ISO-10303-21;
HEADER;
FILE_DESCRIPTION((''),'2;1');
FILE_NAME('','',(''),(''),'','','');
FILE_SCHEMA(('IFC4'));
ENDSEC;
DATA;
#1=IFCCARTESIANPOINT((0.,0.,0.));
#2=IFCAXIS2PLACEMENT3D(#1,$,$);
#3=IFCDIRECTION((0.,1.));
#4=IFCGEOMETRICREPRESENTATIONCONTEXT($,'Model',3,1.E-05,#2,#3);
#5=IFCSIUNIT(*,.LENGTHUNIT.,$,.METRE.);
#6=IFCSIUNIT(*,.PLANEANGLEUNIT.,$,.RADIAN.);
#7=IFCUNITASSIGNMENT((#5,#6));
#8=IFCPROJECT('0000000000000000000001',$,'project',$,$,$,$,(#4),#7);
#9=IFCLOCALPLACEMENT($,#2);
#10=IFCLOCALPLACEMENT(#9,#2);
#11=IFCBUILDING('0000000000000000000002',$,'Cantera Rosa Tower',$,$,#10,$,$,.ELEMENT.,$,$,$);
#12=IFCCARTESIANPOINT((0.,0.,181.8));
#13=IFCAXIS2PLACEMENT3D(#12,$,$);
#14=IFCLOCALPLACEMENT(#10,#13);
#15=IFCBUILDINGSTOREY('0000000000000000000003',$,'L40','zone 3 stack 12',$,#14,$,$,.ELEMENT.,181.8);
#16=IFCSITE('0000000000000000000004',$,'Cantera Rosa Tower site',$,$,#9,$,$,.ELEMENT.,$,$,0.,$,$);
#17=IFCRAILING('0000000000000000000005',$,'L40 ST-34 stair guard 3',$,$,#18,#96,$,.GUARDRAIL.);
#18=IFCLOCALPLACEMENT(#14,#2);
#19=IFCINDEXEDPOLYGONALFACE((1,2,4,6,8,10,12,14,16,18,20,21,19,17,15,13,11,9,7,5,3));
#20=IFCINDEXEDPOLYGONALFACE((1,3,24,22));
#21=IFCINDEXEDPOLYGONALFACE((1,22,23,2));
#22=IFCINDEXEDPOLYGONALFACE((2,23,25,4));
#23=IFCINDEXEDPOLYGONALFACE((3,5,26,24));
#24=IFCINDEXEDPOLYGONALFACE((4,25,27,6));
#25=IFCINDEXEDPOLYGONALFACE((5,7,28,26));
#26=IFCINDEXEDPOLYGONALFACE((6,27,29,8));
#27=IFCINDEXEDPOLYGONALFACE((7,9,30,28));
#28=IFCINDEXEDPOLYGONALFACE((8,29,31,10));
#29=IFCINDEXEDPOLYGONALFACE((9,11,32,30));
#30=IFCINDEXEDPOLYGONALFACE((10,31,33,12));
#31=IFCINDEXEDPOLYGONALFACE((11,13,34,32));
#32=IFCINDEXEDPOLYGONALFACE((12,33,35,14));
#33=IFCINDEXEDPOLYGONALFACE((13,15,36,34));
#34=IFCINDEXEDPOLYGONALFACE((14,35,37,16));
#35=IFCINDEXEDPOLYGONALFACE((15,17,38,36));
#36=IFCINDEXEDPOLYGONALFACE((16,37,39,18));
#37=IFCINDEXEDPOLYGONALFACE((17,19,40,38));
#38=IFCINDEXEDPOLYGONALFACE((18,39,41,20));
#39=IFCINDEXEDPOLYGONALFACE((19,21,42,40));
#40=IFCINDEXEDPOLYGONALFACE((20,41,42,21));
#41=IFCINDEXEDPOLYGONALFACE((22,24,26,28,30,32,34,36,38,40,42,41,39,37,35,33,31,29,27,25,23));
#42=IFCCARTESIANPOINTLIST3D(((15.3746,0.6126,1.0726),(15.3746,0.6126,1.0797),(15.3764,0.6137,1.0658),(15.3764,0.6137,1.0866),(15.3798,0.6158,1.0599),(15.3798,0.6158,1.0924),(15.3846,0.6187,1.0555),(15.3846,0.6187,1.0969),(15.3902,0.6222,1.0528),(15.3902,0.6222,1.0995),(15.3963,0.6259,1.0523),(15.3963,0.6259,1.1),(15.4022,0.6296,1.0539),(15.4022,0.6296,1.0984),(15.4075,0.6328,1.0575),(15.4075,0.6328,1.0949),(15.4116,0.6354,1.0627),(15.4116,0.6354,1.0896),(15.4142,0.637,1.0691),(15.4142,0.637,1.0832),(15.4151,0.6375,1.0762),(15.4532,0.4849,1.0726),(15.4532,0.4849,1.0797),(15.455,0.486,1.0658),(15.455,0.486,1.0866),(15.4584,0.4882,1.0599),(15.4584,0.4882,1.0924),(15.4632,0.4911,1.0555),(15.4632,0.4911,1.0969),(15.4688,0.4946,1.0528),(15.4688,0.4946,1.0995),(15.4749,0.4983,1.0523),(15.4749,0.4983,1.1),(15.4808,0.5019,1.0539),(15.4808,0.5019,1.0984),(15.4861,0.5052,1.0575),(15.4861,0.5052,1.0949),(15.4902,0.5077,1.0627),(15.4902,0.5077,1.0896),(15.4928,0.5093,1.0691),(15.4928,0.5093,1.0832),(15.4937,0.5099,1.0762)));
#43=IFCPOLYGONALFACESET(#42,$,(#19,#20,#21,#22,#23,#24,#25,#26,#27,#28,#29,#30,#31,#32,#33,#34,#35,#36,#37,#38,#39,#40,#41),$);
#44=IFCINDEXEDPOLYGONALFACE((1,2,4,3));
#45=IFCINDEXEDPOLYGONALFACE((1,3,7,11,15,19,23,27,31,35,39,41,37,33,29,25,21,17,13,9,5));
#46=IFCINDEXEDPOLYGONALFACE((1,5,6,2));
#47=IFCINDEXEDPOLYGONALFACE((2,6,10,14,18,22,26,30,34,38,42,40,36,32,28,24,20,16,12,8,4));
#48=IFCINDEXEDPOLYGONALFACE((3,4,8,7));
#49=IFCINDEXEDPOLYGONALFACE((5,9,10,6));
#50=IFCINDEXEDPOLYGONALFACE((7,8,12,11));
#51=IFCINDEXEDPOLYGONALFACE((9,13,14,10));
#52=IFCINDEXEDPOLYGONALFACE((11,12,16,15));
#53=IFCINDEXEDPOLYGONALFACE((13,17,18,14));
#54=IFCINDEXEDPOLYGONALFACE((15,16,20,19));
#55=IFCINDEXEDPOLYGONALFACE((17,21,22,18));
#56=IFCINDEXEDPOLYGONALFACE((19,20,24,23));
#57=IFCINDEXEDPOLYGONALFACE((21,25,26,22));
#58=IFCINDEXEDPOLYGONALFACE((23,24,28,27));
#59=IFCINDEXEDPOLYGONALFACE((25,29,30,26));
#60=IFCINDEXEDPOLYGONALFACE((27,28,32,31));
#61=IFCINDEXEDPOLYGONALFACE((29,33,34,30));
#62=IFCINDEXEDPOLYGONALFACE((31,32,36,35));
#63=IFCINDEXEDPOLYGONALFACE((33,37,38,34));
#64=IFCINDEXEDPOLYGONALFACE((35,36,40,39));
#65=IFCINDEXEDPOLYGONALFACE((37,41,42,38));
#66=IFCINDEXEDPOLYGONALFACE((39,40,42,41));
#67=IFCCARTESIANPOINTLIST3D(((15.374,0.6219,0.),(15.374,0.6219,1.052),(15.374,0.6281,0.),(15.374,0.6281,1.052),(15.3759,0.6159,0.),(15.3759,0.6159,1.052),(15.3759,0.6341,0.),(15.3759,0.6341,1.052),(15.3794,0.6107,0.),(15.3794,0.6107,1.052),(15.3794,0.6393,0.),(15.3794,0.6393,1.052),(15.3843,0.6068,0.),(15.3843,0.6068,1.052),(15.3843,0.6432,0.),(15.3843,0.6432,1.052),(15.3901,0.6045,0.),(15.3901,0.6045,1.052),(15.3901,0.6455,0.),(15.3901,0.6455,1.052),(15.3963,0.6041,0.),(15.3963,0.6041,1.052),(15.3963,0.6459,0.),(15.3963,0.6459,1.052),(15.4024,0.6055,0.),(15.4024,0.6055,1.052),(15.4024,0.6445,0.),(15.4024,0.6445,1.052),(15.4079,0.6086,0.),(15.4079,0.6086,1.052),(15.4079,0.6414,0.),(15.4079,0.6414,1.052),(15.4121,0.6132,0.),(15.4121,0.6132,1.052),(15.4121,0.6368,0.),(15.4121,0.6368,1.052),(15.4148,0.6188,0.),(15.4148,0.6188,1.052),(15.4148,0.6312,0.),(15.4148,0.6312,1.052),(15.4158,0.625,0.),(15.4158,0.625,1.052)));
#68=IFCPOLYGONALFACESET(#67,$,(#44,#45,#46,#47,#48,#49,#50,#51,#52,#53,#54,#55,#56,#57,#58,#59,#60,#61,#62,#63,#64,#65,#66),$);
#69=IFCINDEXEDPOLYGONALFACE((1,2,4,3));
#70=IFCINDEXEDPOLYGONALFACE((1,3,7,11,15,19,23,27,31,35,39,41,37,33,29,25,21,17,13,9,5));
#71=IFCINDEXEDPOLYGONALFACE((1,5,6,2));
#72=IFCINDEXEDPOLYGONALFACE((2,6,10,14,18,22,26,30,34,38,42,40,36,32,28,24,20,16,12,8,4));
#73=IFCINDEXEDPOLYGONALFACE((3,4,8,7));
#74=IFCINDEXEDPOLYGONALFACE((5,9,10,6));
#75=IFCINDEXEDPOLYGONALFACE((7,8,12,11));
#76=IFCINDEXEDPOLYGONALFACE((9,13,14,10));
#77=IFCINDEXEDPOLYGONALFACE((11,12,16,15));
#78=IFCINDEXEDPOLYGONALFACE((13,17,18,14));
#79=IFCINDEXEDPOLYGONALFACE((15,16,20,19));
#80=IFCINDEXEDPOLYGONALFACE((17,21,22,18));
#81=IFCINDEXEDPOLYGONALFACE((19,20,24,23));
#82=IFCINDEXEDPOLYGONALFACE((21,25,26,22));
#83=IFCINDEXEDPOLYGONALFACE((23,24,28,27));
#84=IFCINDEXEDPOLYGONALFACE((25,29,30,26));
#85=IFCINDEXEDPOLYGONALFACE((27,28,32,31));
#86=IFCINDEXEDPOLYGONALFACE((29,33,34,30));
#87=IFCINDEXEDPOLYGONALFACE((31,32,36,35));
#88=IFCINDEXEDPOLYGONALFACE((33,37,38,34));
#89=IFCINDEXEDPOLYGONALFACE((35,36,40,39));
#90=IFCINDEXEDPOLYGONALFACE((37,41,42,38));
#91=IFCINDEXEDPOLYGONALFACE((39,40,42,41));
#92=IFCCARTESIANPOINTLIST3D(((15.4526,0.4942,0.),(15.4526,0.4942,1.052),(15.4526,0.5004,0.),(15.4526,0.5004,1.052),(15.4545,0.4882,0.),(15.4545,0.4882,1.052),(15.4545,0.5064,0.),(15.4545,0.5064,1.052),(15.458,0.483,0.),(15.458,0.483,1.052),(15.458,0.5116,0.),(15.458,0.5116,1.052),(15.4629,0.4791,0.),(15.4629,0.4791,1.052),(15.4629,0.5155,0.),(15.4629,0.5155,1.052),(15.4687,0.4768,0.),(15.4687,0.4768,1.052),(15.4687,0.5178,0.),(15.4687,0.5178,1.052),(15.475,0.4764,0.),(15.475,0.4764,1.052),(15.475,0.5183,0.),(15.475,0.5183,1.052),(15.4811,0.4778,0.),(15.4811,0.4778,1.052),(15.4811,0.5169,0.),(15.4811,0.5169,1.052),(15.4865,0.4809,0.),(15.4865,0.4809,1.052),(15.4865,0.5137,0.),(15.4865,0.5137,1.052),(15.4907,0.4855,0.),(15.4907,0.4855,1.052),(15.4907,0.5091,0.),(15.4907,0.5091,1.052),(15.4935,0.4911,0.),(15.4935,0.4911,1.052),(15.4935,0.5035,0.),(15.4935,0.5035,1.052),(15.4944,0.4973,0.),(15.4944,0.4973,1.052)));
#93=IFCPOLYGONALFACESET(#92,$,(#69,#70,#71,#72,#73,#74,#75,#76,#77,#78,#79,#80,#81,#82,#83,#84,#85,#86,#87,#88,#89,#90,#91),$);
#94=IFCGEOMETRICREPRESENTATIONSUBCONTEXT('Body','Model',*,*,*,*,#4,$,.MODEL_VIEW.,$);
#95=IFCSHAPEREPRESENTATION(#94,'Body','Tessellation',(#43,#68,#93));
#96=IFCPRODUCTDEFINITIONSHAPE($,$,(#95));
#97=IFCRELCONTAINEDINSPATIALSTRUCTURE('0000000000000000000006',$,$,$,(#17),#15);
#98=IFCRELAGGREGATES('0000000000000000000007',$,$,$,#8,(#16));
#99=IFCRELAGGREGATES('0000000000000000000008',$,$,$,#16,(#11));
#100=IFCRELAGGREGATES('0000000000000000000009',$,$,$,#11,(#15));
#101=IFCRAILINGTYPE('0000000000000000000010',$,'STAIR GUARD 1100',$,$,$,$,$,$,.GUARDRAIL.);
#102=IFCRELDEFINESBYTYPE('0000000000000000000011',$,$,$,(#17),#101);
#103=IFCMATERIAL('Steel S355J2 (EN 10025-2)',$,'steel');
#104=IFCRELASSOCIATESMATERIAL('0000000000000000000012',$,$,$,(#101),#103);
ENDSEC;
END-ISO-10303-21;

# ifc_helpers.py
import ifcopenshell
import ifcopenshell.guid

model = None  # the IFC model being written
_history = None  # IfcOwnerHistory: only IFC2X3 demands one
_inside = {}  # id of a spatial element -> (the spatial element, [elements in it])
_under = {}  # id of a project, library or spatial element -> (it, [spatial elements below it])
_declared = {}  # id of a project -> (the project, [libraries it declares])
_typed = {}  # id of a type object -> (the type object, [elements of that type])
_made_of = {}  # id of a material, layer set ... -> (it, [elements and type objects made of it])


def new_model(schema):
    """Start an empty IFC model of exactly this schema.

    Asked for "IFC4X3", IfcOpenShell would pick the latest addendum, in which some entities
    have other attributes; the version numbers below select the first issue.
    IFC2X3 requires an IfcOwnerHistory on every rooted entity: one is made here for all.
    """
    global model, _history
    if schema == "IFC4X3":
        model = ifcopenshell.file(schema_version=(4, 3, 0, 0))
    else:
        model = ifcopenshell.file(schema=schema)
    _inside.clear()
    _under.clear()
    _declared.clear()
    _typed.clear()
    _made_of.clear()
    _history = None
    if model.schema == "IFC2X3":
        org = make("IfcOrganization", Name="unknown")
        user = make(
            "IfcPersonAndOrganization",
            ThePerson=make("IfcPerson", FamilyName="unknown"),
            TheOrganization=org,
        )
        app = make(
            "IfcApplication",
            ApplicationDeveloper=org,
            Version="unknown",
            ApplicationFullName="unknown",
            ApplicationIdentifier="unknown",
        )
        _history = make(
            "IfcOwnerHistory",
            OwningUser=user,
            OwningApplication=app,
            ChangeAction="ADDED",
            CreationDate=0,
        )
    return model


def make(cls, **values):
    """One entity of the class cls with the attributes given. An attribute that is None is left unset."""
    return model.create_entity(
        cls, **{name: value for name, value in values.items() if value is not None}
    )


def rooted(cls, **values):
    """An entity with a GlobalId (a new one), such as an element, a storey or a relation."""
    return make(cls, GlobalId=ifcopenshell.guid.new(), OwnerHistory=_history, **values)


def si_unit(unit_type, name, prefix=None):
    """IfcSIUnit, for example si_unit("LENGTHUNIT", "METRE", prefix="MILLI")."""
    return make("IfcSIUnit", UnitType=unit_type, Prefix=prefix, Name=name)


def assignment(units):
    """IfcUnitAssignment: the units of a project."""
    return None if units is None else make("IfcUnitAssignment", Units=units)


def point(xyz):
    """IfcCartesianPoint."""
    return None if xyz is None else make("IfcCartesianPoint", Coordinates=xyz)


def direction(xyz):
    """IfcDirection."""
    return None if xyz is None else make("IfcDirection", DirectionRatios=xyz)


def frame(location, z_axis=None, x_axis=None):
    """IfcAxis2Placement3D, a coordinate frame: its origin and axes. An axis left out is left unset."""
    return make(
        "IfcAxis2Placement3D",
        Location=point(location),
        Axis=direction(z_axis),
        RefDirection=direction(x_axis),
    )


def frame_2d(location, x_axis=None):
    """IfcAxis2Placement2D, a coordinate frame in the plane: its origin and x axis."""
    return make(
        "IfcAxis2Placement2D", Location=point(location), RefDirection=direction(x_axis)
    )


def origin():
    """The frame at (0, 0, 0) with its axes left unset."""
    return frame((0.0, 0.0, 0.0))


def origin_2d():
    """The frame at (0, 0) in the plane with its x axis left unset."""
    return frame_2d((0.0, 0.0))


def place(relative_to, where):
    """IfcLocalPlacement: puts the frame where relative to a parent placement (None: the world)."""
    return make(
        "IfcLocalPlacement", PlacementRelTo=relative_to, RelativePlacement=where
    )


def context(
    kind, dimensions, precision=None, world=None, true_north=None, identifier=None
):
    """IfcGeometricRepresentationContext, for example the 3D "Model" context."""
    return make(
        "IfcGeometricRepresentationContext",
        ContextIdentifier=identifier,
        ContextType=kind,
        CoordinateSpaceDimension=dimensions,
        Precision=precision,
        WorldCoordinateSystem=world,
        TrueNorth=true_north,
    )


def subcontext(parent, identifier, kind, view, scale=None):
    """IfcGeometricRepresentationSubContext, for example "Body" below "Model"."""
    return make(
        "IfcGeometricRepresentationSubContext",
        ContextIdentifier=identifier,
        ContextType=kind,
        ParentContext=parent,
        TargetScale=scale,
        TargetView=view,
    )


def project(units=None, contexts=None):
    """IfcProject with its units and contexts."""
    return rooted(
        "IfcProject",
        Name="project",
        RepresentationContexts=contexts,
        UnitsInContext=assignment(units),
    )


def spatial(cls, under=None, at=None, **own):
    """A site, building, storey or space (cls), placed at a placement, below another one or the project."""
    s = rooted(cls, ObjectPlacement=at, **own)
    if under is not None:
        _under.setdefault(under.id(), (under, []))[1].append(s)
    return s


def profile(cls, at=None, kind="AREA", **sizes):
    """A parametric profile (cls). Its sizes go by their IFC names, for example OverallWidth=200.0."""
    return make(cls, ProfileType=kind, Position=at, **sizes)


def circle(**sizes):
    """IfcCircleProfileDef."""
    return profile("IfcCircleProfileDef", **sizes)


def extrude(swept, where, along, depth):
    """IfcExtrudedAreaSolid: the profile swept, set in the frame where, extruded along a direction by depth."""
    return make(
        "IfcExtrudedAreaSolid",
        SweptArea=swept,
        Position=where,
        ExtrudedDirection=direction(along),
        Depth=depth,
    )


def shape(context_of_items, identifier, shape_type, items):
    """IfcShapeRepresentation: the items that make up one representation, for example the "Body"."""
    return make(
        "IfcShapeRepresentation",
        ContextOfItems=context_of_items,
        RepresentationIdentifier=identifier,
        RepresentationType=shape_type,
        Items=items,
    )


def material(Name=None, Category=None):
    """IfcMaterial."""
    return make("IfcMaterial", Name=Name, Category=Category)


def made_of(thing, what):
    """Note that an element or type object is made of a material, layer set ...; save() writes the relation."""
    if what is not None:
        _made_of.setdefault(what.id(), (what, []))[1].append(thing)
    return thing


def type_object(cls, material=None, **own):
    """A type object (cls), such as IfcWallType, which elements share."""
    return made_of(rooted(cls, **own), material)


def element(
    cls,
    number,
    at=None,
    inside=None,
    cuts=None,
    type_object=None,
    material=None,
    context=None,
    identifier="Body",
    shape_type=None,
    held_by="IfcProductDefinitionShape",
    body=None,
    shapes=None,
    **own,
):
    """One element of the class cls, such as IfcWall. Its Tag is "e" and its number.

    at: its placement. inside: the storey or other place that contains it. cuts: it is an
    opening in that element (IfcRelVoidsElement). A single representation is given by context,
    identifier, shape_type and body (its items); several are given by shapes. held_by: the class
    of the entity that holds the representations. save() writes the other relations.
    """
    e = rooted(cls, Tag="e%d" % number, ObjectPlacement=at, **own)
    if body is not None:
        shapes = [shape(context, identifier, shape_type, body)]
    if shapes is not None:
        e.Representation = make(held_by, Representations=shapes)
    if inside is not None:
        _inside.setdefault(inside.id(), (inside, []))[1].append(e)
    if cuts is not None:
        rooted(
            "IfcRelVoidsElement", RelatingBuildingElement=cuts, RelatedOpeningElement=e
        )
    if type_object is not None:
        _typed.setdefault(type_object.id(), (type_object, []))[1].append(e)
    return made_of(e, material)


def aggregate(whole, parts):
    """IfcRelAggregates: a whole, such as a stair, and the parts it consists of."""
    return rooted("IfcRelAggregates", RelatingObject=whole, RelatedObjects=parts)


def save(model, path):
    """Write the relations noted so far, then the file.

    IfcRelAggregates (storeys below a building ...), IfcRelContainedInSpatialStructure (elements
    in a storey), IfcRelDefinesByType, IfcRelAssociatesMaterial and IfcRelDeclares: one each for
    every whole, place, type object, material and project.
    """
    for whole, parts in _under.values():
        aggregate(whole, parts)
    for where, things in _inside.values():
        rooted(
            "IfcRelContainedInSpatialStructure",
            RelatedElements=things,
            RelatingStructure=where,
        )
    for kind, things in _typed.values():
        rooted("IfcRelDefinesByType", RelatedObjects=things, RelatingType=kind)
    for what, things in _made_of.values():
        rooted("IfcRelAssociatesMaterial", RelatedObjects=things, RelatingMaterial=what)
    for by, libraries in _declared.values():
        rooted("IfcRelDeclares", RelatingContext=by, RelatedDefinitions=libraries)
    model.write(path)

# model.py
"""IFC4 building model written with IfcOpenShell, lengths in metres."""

from ifc_helpers import new_model, si_unit, direction, frame, origin, origin_2d, place, context, subcontext, project, spatial, circle, extrude, material, type_object, element, save


model = new_model("IFC4")

# Units and contexts
model_context = context("Model", 3, precision=1e-05, world=origin(), true_north=direction((0.0, 1.0)))
body_context = subcontext(model_context, "Body", "Model", "MODEL_VIEW")
ifc_project = project(units=[si_unit("LENGTHUNIT", "METRE"), si_unit("PLANEANGLEUNIT", "RADIAN")], contexts=[model_context])

# Site, building, storey
site_placement = place(None, origin())
site = spatial("IfcSite", under=ifc_project, at=site_placement, Name="Cantera Rosa Tower site", CompositionType="ELEMENT", RefElevation=0.0)
building_placement = place(site_placement, origin())
building = spatial("IfcBuilding", under=site, at=building_placement, Name="Cantera Rosa Tower", CompositionType="ELEMENT")
storey_placement = place(building_placement, frame((0.0, 0.0, 181.8)))
storey = spatial("IfcBuildingStorey", under=building, at=storey_placement, Name="L40", Description="zone 3 stack 12", CompositionType="ELEMENT", Elevation=181.8)

# Railing
ifc_material_1 = material(Name="Steel S355J2 (EN 10025-2)", Category="steel")
railing_type_1 = type_object("IfcRailingType", Name="STAIR GUARD 1100", PredefinedType="GUARDRAIL", material=ifc_material_1)
railing_1_placement = place(storey_placement, frame((15.3948, 0.625, 0.0)))
element("IfcRailing", 1, at=railing_1_placement, inside=storey, type_object=railing_type_1, Name="L40 ST-34 stair guard 3", PredefinedType="GUARDRAIL", context=body_context, shape_type="SweptSolid", body=[
    extrude(circle(Radius=0.0239, at=origin_2d()), frame((0.0, 0.0, 1.0762), z_axis=(0.524279, -0.851546, 0.0), x_axis=(0.851546, 0.524279, 0.0)), (0.0, 0.0, 1.0), 0.1499),
    extrude(circle(Radius=0.021, at=origin_2d()), origin(), (0.0, 0.0, 1.0), 1.052),
    extrude(circle(Radius=0.021, at=origin_2d()), frame((0.0786, -0.1277, 0.0)), (0.0, 0.0, 1.0), 1.052),
])

save(model, "model.ifc")
